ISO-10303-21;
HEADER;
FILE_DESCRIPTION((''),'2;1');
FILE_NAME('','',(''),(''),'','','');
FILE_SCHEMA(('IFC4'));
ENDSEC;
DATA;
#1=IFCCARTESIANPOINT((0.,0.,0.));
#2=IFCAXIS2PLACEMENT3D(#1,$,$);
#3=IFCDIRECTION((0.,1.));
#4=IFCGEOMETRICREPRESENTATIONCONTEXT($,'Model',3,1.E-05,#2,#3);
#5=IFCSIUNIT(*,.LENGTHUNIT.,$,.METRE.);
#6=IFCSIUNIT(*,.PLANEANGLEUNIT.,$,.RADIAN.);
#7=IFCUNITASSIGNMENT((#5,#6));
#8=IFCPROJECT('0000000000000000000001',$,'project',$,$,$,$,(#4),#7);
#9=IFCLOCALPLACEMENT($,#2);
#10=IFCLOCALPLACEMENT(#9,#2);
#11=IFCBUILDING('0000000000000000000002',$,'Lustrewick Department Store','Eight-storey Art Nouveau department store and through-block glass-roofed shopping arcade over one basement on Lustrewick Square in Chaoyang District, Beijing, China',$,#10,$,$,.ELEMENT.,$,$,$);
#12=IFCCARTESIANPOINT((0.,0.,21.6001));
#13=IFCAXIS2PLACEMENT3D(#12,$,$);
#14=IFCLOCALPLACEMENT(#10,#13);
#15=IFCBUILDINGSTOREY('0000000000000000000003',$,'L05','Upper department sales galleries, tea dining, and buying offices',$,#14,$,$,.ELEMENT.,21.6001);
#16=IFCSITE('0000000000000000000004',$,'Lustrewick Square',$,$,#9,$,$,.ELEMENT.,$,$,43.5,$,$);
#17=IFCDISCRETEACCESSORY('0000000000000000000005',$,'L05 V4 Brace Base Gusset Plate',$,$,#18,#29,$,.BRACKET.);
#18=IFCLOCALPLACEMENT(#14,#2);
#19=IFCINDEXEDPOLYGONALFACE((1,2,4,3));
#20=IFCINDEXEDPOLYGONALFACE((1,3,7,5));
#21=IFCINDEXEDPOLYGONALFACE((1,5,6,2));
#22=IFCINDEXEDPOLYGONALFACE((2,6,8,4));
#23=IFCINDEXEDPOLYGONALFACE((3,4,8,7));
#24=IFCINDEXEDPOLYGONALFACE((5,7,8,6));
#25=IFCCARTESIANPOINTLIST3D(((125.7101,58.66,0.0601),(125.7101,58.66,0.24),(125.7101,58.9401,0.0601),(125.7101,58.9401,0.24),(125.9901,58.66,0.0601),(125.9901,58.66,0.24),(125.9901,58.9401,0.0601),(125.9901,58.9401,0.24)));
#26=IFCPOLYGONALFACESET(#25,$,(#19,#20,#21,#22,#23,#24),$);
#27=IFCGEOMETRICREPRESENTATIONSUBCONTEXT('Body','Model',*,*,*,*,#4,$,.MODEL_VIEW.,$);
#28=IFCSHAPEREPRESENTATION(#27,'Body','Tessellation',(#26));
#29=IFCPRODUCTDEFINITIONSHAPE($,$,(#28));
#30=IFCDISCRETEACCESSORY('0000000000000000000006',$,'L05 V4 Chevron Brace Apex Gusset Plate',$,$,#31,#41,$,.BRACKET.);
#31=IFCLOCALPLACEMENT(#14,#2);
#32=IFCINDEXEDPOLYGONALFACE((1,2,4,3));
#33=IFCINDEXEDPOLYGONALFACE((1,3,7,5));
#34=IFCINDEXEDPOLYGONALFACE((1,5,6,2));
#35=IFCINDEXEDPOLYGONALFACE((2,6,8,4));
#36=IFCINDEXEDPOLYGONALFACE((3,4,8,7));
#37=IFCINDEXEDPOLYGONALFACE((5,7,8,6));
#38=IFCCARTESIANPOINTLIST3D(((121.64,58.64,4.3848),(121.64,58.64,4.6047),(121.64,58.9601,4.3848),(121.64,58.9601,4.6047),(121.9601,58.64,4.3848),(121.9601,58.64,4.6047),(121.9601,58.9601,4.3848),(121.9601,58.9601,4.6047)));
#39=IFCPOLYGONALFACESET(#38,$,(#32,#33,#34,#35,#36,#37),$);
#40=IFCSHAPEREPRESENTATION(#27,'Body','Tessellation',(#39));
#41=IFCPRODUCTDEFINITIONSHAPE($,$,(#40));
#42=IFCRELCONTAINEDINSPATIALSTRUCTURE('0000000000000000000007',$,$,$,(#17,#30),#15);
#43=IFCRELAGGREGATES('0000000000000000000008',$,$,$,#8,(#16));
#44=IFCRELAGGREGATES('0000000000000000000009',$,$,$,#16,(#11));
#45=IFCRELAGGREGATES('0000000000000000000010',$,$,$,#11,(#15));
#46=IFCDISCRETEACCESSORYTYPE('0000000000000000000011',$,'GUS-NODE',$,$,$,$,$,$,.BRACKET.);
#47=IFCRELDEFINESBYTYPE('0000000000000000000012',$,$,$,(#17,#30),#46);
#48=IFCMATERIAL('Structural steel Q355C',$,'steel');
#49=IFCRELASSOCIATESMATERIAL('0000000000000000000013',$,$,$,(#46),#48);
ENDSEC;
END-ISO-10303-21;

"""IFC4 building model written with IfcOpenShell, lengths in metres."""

from ifc_helpers import new_model, si_unit, direction, frame, origin, origin_2d, place, context, subcontext, project, spatial, rectangle, extrude, material, type_object, element, save


model = new_model("IFC4")

# Units and contexts
model_context = context("Model", 3, precision=1e-05, world=origin(), true_north=direction((0.0, 1.0)))
body_context = subcontext(model_context, "Body", "Model", "MODEL_VIEW")
ifc_project = project(units=[si_unit("LENGTHUNIT", "METRE"), si_unit("PLANEANGLEUNIT", "RADIAN")], contexts=[model_context])

# Site, building, storey
site_placement = place(None, origin())
site = spatial("IfcSite", under=ifc_project, at=site_placement, Name="Lustrewick Square", CompositionType="ELEMENT", RefElevation=43.5)
building_placement = place(site_placement, origin())
building = spatial("IfcBuilding", under=site, at=building_placement, Name="Lustrewick Department Store", Description="Eight-storey Art Nouveau department store and through-block glass-roofed shopping arcade over one basement on Lustrewick Square in Chaoyang District, Beijing, China", CompositionType="ELEMENT")
storey_placement = place(building_placement, frame((0.0, 0.0, 21.6001)))
storey = spatial("IfcBuildingStorey", under=building, at=storey_placement, Name="L05", Description="Upper department sales galleries, tea dining, and buying offices", CompositionType="ELEMENT", Elevation=21.6001)

# Shared definitions
ifc_material_1 = material(Name="Structural steel Q355C", Category="steel")

# Discrete accessories
discrete_accessory_type = type_object("IfcDiscreteAccessoryType", Name="GUS-NODE", PredefinedType="BRACKET", material=ifc_material_1)
for number, where, z_axis, x_axis, name in (
    (1, (125.8501, 58.8, 0.0601), (0.0, 0.0, 1.0), (1.0, 0.0, 0.0), "L05 V4 Brace Base Gusset Plate"),
):
    element("IfcDiscreteAccessory", number, at=place(storey_placement, frame(where, z_axis=z_axis, x_axis=x_axis)), inside=storey, type_object=discrete_accessory_type, Name=name, PredefinedType="BRACKET", context=body_context, shape_type="SweptSolid", body=[
        extrude(rectangle(XDim=0.28, YDim=0.28, at=origin_2d()), origin(), (0.0, 0.0, 1.0), 0.1799),
    ])
discrete_accessory_placement = place(storey_placement, frame((121.8, 58.8, 4.3848), z_axis=(0.0, 0.0, 1.0), x_axis=(1.0, 0.0, 0.0)))
element("IfcDiscreteAccessory", 2, at=discrete_accessory_placement, inside=storey, type_object=discrete_accessory_type, Name="L05 V4 Chevron Brace Apex Gusset Plate", PredefinedType="BRACKET", context=body_context, shape_type="SweptSolid", body=[
    extrude(rectangle(XDim=0.3201, YDim=0.3201, at=origin_2d()), origin(), (0.0, 0.0, 1.0), 0.22),
])

save(model, "model.ifc")
